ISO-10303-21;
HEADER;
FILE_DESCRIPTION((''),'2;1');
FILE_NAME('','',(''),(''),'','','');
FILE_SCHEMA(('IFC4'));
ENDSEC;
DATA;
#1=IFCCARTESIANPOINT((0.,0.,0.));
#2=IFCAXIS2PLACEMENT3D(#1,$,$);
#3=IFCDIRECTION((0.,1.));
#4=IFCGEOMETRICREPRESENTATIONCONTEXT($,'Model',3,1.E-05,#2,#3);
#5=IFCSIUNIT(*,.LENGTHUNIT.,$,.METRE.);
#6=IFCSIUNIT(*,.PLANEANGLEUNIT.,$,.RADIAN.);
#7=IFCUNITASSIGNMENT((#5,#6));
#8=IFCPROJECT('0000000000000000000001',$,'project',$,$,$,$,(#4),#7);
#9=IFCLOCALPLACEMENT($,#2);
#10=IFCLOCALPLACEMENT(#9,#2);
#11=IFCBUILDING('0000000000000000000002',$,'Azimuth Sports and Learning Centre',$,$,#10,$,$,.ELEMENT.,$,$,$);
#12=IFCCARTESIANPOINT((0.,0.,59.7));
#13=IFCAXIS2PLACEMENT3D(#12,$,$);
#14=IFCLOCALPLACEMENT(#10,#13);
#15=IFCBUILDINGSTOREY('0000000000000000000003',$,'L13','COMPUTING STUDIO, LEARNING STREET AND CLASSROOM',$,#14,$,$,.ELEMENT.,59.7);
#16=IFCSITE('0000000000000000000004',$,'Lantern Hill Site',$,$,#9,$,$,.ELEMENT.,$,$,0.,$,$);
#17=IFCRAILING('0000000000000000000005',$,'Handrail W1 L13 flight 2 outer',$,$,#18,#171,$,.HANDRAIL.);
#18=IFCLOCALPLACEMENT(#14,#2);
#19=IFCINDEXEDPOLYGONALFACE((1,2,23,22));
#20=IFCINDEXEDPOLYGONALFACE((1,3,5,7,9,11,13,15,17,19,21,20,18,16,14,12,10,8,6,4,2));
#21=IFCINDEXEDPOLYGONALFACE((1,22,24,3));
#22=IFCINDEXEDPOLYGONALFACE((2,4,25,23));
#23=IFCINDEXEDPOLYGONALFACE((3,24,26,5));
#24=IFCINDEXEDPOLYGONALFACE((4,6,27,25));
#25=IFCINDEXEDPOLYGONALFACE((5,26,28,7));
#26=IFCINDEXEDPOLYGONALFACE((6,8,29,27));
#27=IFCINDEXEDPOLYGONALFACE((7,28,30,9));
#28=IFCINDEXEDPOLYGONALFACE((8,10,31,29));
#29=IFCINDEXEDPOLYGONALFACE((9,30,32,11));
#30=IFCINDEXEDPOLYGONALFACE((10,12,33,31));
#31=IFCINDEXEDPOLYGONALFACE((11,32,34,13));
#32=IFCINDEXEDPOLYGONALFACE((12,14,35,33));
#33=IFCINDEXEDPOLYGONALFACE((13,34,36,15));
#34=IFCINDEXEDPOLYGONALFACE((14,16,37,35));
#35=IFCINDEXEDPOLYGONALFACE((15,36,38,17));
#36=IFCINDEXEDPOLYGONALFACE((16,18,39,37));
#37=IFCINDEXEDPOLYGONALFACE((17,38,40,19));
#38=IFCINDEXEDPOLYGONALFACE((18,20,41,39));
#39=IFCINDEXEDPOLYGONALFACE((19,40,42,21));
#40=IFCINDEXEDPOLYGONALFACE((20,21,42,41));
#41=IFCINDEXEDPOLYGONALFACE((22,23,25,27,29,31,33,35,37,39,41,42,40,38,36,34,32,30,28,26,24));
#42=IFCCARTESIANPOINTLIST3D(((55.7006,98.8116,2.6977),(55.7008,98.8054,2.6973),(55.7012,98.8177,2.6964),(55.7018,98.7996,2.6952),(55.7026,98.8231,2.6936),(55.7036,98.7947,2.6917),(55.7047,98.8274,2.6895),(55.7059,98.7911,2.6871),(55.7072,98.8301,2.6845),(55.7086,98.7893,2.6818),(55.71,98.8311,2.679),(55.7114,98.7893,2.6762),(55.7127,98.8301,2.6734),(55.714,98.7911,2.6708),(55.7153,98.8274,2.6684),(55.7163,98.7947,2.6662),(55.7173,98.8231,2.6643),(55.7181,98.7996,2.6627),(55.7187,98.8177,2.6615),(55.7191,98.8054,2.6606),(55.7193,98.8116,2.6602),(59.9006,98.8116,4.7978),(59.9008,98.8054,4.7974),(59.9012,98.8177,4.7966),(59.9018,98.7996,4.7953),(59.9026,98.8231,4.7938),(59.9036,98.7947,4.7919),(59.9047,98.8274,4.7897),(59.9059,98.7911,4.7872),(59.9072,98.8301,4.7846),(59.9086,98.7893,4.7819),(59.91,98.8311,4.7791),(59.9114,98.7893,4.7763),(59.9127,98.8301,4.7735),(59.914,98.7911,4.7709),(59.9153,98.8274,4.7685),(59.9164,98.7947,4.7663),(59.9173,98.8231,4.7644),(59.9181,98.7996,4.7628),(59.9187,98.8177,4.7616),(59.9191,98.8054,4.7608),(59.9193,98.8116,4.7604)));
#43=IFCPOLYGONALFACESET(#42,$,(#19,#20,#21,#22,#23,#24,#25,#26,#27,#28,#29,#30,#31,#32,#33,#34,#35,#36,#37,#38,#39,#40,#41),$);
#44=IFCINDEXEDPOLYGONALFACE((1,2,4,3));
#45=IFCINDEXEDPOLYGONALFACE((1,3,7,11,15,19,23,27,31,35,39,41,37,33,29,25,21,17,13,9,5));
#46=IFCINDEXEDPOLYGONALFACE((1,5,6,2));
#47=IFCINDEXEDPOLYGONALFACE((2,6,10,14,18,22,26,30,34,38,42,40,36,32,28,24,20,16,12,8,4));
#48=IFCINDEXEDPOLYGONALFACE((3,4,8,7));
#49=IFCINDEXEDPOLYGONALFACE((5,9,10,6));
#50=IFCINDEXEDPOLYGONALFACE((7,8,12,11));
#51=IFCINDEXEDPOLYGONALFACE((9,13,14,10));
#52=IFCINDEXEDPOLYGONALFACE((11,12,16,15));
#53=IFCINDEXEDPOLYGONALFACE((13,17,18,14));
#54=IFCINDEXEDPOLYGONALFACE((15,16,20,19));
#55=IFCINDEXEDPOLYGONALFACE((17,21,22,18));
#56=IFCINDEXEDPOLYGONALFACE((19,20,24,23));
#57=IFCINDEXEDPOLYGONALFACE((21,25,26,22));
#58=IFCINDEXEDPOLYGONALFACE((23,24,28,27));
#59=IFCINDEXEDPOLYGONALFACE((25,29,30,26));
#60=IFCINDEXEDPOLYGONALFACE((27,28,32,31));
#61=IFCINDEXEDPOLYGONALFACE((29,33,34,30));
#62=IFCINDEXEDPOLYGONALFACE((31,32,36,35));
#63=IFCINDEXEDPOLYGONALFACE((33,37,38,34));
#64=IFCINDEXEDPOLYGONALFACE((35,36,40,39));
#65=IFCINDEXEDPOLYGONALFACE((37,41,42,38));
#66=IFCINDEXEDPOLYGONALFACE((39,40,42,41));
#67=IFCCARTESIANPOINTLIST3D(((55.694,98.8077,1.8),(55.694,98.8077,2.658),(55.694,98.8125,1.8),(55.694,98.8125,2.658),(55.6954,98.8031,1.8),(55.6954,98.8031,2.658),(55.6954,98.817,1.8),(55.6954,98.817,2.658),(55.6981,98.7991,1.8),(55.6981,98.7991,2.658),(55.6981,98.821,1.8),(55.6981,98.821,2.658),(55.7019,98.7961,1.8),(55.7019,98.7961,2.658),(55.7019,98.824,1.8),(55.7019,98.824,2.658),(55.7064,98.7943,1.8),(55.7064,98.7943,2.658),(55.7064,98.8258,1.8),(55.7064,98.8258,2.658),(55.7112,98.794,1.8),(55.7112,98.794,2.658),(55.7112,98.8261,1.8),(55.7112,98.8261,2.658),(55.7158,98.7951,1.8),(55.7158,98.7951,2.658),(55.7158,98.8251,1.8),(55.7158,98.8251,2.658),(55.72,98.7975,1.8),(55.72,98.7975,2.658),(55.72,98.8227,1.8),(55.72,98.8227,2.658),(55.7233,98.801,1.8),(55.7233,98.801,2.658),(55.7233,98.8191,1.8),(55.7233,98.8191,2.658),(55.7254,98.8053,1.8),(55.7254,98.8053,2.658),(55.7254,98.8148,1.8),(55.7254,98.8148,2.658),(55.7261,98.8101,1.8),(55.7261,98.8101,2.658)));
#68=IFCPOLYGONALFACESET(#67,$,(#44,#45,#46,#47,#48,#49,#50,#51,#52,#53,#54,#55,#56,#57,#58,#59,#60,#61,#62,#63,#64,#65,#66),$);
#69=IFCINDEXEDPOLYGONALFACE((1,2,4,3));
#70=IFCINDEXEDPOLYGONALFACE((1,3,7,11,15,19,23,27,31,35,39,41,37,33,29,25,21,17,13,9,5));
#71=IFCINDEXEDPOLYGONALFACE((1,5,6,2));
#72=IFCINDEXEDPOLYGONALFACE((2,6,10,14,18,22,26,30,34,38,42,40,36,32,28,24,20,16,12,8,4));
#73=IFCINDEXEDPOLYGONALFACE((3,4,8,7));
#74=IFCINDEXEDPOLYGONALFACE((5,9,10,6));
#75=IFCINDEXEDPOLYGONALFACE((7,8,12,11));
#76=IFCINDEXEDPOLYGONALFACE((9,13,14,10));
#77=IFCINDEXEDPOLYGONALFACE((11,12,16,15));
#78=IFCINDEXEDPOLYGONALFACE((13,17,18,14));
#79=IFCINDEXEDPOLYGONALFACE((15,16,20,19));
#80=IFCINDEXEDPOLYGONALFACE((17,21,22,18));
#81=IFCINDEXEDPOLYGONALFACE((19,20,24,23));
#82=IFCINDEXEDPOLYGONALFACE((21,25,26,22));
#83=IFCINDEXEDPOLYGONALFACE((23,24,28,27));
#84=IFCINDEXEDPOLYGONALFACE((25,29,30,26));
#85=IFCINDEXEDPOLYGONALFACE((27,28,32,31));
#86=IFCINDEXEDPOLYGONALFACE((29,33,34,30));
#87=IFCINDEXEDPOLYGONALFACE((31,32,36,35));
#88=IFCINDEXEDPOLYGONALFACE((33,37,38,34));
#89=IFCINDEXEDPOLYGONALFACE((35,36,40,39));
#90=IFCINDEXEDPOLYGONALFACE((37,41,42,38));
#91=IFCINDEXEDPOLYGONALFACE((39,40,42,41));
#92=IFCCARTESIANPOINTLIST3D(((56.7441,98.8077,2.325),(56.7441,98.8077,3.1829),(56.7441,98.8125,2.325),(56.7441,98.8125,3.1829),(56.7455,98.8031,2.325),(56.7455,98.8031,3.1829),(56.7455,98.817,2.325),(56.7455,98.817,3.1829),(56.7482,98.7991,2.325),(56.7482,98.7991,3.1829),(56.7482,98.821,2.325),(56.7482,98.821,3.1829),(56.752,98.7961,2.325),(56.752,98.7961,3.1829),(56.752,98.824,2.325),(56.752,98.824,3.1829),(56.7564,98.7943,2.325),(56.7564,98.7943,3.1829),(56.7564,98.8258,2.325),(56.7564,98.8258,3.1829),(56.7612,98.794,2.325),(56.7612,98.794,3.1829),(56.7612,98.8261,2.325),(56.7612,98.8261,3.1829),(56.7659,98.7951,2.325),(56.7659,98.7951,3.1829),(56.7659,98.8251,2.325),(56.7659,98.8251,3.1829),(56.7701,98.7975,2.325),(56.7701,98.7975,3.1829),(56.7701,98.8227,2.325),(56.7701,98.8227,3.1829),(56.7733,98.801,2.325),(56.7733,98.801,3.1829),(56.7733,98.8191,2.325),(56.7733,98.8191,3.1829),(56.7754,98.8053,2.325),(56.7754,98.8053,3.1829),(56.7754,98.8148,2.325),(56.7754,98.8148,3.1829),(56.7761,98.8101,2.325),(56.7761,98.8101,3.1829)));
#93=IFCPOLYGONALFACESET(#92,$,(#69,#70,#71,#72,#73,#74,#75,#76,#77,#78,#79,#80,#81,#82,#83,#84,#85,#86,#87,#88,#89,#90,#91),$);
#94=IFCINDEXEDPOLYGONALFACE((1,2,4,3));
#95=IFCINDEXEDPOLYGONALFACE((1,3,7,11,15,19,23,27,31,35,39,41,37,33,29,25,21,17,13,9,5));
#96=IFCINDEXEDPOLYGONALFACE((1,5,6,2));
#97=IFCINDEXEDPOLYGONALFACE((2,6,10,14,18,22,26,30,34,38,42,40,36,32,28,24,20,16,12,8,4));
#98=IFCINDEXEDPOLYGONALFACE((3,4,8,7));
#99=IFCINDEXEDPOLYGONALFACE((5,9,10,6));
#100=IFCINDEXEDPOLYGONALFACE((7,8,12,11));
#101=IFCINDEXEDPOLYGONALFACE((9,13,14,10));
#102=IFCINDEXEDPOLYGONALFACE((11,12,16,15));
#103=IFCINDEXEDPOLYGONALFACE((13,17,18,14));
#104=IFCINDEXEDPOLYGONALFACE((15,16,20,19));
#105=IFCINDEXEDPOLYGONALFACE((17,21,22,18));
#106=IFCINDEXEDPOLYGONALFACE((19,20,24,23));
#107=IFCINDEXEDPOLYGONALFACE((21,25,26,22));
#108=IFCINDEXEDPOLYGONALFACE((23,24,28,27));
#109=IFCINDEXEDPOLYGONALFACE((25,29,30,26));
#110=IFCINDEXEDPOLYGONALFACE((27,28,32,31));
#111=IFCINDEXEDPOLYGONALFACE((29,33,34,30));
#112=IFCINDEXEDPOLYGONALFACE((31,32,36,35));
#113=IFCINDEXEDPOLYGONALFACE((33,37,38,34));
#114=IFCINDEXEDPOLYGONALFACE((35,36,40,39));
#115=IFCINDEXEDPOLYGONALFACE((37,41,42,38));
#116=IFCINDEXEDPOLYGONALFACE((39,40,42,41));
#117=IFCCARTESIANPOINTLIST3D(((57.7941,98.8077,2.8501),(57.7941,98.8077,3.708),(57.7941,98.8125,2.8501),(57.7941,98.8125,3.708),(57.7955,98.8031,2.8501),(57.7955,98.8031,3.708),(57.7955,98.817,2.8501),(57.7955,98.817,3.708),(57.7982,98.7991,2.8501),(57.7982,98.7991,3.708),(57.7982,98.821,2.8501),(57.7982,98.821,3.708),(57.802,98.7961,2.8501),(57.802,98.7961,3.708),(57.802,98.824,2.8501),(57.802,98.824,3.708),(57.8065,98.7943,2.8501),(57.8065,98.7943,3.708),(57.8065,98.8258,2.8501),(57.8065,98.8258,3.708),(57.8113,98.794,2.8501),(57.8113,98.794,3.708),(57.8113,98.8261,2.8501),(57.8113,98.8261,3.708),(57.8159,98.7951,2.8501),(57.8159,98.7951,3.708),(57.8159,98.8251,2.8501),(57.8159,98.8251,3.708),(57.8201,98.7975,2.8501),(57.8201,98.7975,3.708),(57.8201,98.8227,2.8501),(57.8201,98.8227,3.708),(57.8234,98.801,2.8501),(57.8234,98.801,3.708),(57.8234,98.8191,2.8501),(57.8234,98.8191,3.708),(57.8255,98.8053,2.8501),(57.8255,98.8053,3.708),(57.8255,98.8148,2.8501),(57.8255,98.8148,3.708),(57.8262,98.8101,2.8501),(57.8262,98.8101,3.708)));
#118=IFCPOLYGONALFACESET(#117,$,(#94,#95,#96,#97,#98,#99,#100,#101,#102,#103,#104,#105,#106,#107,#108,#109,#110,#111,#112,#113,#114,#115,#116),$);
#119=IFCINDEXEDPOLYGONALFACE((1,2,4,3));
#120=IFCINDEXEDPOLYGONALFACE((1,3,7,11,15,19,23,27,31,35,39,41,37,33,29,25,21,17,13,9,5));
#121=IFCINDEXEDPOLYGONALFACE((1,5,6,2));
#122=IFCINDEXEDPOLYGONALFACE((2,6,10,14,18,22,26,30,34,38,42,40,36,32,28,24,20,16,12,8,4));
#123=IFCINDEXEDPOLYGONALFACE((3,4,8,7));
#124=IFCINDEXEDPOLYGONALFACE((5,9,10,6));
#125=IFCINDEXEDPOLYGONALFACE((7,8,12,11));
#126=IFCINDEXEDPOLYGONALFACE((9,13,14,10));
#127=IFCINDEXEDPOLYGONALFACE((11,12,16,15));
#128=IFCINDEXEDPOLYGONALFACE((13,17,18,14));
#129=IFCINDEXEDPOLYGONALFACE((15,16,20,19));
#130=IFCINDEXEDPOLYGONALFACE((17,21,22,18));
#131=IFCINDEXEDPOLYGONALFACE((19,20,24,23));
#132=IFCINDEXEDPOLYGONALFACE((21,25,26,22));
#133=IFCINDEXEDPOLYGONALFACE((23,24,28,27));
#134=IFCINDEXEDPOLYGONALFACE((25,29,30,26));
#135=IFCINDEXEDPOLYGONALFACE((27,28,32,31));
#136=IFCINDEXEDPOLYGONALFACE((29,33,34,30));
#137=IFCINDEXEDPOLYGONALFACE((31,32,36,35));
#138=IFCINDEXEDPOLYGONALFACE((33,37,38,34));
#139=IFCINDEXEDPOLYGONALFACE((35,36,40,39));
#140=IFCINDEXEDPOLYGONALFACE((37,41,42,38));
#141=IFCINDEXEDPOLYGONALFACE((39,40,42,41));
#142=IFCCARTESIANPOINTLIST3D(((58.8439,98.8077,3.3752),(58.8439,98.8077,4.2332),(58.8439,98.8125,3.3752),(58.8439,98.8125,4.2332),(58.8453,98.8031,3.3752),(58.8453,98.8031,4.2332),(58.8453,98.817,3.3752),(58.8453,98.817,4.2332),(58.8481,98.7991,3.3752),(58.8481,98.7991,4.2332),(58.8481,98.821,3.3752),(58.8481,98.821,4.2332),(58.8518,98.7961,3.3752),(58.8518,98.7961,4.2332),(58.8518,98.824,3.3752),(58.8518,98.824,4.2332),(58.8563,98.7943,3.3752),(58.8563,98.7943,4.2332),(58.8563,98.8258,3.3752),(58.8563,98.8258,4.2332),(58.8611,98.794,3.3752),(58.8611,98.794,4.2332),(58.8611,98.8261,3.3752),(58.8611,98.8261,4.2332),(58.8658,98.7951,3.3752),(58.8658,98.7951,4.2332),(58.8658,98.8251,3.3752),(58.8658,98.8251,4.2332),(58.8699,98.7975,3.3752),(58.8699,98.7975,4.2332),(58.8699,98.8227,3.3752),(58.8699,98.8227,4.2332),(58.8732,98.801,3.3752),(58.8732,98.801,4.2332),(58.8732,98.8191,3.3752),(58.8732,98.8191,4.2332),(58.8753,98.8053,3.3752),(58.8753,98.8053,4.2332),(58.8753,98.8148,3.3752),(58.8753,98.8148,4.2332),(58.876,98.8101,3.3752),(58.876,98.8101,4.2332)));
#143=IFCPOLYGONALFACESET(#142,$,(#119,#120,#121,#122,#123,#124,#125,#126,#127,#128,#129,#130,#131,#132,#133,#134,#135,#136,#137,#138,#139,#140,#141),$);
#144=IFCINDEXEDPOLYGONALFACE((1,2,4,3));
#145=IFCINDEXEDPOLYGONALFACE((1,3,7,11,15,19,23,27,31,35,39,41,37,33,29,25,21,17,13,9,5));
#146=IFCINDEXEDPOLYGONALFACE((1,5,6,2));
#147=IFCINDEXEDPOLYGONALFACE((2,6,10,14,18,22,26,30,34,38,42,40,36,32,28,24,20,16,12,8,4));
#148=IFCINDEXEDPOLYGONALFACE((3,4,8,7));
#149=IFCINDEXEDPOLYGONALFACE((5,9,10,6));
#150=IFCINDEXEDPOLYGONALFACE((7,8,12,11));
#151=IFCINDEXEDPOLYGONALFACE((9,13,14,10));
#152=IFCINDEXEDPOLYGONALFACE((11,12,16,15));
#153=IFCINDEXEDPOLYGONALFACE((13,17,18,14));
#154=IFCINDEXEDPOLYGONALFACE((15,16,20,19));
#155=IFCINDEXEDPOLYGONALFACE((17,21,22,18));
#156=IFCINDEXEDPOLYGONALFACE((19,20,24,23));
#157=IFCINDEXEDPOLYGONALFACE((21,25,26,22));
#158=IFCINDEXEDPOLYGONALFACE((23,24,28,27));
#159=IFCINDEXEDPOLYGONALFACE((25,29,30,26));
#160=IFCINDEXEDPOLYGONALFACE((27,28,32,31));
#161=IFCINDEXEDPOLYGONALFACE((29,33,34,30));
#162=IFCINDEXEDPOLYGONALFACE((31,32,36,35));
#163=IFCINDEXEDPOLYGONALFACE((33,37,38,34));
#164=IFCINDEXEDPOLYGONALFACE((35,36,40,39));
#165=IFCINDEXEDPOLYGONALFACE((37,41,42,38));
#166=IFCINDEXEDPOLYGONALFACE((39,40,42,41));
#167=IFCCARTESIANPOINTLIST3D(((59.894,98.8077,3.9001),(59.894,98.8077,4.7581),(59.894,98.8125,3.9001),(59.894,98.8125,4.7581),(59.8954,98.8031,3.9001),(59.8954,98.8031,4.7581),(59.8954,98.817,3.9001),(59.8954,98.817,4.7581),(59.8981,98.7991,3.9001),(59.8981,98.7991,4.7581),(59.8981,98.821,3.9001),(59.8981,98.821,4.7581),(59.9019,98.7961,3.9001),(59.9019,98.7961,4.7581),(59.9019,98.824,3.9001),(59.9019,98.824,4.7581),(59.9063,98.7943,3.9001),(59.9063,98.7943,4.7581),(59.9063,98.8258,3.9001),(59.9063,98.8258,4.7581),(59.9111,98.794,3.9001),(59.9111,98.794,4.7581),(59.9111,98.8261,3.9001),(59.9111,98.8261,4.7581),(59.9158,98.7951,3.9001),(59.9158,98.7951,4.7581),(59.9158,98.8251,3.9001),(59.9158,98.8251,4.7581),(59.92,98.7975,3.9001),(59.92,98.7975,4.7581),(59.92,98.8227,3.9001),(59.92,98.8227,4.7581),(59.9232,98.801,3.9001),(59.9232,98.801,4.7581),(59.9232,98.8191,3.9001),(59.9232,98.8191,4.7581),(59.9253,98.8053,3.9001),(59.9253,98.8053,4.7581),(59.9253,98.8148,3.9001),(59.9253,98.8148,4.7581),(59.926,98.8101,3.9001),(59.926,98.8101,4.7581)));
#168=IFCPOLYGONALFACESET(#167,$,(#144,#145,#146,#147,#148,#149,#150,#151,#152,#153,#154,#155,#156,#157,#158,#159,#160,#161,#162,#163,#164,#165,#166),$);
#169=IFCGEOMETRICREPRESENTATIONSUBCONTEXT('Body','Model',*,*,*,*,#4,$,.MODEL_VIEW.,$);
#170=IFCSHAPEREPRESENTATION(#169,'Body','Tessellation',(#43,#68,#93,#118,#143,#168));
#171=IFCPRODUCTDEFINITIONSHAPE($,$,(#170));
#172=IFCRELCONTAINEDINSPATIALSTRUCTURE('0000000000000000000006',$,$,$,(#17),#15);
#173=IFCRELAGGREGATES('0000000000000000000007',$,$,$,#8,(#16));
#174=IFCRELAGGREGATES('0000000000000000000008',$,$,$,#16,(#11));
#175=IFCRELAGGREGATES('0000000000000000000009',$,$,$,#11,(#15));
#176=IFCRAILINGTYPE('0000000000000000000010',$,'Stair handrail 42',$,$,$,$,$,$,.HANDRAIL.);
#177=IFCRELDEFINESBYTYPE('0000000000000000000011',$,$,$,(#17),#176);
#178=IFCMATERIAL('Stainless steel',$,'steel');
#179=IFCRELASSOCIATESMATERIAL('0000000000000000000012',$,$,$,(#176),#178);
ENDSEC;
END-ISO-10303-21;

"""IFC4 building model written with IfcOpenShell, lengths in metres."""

from ifc_helpers import new_model, si_unit, direction, frame, origin, origin_2d, place, context, subcontext, project, spatial, circle, extrude, material, type_object, element, save


model = new_model("IFC4")

# Units and contexts
model_context = context("Model", 3, precision=1e-05, world=origin(), true_north=direction((0.0, 1.0)))
body_context = subcontext(model_context, "Body", "Model", "MODEL_VIEW")
ifc_project = project(units=[si_unit("LENGTHUNIT", "METRE"), si_unit("PLANEANGLEUNIT", "RADIAN")], contexts=[model_context])

# Site, building, storey
site_placement = place(None, origin())
site = spatial("IfcSite", under=ifc_project, at=site_placement, Name="Lantern Hill Site", CompositionType="ELEMENT", RefElevation=0.0)
building_placement = place(site_placement, origin())
building = spatial("IfcBuilding", under=site, at=building_placement, Name="Azimuth Sports and Learning Centre", CompositionType="ELEMENT")
storey_placement = place(building_placement, frame((0.0, 0.0, 59.7)))
storey = spatial("IfcBuildingStorey", under=building, at=storey_placement, Name="L13", Description="COMPUTING STUDIO, LEARNING STREET AND CLASSROOM", CompositionType="ELEMENT", Elevation=59.7)

# Railing
ifc_material_1 = material(Name="Stainless steel", Category="steel")
railing_type_1 = type_object("IfcRailingType", Name="Stair handrail 42", PredefinedType="HANDRAIL", material=ifc_material_1)
for number, where, name in (
    (1, (55.71, 98.8101, 1.8), "Handrail W1 L13 flight 2 outer"),
):
    element("IfcRailing", number, at=place(storey_placement, frame(where)), inside=storey, type_object=railing_type_1, Name=name, PredefinedType="HANDRAIL", context=body_context, shape_type="SweptSolid", body=[
        extrude(circle(Radius=0.021, at=origin_2d()), frame((0.0, 0.0, 0.8789), z_axis=(0.894417, 0.0, 0.447234), x_axis=(0.0, 1.0, 0.0)), (0.0, 0.0, 1.0), 4.6958),
        extrude(circle(Radius=0.0161, at=origin_2d()), origin(), (0.0, 0.0, 1.0), 0.8579),
        extrude(circle(Radius=0.0161, at=origin_2d()), frame((1.05, 0.0, 0.5249)), (0.0, 0.0, 1.0), 0.8579),
        extrude(circle(Radius=0.0161, at=origin_2d()), frame((2.1001, 0.0, 1.05)), (0.0, 0.0, 1.0), 0.8579),
        extrude(circle(Radius=0.0161, at=origin_2d()), frame((3.1499, 0.0, 1.5752)), (0.0, 0.0, 1.0), 0.8579),
        extrude(circle(Radius=0.0161, at=origin_2d()), frame((4.2, 0.0, 2.1001)), (0.0, 0.0, 1.0), 0.8579),
    ])

save(model, "model.ifc")
